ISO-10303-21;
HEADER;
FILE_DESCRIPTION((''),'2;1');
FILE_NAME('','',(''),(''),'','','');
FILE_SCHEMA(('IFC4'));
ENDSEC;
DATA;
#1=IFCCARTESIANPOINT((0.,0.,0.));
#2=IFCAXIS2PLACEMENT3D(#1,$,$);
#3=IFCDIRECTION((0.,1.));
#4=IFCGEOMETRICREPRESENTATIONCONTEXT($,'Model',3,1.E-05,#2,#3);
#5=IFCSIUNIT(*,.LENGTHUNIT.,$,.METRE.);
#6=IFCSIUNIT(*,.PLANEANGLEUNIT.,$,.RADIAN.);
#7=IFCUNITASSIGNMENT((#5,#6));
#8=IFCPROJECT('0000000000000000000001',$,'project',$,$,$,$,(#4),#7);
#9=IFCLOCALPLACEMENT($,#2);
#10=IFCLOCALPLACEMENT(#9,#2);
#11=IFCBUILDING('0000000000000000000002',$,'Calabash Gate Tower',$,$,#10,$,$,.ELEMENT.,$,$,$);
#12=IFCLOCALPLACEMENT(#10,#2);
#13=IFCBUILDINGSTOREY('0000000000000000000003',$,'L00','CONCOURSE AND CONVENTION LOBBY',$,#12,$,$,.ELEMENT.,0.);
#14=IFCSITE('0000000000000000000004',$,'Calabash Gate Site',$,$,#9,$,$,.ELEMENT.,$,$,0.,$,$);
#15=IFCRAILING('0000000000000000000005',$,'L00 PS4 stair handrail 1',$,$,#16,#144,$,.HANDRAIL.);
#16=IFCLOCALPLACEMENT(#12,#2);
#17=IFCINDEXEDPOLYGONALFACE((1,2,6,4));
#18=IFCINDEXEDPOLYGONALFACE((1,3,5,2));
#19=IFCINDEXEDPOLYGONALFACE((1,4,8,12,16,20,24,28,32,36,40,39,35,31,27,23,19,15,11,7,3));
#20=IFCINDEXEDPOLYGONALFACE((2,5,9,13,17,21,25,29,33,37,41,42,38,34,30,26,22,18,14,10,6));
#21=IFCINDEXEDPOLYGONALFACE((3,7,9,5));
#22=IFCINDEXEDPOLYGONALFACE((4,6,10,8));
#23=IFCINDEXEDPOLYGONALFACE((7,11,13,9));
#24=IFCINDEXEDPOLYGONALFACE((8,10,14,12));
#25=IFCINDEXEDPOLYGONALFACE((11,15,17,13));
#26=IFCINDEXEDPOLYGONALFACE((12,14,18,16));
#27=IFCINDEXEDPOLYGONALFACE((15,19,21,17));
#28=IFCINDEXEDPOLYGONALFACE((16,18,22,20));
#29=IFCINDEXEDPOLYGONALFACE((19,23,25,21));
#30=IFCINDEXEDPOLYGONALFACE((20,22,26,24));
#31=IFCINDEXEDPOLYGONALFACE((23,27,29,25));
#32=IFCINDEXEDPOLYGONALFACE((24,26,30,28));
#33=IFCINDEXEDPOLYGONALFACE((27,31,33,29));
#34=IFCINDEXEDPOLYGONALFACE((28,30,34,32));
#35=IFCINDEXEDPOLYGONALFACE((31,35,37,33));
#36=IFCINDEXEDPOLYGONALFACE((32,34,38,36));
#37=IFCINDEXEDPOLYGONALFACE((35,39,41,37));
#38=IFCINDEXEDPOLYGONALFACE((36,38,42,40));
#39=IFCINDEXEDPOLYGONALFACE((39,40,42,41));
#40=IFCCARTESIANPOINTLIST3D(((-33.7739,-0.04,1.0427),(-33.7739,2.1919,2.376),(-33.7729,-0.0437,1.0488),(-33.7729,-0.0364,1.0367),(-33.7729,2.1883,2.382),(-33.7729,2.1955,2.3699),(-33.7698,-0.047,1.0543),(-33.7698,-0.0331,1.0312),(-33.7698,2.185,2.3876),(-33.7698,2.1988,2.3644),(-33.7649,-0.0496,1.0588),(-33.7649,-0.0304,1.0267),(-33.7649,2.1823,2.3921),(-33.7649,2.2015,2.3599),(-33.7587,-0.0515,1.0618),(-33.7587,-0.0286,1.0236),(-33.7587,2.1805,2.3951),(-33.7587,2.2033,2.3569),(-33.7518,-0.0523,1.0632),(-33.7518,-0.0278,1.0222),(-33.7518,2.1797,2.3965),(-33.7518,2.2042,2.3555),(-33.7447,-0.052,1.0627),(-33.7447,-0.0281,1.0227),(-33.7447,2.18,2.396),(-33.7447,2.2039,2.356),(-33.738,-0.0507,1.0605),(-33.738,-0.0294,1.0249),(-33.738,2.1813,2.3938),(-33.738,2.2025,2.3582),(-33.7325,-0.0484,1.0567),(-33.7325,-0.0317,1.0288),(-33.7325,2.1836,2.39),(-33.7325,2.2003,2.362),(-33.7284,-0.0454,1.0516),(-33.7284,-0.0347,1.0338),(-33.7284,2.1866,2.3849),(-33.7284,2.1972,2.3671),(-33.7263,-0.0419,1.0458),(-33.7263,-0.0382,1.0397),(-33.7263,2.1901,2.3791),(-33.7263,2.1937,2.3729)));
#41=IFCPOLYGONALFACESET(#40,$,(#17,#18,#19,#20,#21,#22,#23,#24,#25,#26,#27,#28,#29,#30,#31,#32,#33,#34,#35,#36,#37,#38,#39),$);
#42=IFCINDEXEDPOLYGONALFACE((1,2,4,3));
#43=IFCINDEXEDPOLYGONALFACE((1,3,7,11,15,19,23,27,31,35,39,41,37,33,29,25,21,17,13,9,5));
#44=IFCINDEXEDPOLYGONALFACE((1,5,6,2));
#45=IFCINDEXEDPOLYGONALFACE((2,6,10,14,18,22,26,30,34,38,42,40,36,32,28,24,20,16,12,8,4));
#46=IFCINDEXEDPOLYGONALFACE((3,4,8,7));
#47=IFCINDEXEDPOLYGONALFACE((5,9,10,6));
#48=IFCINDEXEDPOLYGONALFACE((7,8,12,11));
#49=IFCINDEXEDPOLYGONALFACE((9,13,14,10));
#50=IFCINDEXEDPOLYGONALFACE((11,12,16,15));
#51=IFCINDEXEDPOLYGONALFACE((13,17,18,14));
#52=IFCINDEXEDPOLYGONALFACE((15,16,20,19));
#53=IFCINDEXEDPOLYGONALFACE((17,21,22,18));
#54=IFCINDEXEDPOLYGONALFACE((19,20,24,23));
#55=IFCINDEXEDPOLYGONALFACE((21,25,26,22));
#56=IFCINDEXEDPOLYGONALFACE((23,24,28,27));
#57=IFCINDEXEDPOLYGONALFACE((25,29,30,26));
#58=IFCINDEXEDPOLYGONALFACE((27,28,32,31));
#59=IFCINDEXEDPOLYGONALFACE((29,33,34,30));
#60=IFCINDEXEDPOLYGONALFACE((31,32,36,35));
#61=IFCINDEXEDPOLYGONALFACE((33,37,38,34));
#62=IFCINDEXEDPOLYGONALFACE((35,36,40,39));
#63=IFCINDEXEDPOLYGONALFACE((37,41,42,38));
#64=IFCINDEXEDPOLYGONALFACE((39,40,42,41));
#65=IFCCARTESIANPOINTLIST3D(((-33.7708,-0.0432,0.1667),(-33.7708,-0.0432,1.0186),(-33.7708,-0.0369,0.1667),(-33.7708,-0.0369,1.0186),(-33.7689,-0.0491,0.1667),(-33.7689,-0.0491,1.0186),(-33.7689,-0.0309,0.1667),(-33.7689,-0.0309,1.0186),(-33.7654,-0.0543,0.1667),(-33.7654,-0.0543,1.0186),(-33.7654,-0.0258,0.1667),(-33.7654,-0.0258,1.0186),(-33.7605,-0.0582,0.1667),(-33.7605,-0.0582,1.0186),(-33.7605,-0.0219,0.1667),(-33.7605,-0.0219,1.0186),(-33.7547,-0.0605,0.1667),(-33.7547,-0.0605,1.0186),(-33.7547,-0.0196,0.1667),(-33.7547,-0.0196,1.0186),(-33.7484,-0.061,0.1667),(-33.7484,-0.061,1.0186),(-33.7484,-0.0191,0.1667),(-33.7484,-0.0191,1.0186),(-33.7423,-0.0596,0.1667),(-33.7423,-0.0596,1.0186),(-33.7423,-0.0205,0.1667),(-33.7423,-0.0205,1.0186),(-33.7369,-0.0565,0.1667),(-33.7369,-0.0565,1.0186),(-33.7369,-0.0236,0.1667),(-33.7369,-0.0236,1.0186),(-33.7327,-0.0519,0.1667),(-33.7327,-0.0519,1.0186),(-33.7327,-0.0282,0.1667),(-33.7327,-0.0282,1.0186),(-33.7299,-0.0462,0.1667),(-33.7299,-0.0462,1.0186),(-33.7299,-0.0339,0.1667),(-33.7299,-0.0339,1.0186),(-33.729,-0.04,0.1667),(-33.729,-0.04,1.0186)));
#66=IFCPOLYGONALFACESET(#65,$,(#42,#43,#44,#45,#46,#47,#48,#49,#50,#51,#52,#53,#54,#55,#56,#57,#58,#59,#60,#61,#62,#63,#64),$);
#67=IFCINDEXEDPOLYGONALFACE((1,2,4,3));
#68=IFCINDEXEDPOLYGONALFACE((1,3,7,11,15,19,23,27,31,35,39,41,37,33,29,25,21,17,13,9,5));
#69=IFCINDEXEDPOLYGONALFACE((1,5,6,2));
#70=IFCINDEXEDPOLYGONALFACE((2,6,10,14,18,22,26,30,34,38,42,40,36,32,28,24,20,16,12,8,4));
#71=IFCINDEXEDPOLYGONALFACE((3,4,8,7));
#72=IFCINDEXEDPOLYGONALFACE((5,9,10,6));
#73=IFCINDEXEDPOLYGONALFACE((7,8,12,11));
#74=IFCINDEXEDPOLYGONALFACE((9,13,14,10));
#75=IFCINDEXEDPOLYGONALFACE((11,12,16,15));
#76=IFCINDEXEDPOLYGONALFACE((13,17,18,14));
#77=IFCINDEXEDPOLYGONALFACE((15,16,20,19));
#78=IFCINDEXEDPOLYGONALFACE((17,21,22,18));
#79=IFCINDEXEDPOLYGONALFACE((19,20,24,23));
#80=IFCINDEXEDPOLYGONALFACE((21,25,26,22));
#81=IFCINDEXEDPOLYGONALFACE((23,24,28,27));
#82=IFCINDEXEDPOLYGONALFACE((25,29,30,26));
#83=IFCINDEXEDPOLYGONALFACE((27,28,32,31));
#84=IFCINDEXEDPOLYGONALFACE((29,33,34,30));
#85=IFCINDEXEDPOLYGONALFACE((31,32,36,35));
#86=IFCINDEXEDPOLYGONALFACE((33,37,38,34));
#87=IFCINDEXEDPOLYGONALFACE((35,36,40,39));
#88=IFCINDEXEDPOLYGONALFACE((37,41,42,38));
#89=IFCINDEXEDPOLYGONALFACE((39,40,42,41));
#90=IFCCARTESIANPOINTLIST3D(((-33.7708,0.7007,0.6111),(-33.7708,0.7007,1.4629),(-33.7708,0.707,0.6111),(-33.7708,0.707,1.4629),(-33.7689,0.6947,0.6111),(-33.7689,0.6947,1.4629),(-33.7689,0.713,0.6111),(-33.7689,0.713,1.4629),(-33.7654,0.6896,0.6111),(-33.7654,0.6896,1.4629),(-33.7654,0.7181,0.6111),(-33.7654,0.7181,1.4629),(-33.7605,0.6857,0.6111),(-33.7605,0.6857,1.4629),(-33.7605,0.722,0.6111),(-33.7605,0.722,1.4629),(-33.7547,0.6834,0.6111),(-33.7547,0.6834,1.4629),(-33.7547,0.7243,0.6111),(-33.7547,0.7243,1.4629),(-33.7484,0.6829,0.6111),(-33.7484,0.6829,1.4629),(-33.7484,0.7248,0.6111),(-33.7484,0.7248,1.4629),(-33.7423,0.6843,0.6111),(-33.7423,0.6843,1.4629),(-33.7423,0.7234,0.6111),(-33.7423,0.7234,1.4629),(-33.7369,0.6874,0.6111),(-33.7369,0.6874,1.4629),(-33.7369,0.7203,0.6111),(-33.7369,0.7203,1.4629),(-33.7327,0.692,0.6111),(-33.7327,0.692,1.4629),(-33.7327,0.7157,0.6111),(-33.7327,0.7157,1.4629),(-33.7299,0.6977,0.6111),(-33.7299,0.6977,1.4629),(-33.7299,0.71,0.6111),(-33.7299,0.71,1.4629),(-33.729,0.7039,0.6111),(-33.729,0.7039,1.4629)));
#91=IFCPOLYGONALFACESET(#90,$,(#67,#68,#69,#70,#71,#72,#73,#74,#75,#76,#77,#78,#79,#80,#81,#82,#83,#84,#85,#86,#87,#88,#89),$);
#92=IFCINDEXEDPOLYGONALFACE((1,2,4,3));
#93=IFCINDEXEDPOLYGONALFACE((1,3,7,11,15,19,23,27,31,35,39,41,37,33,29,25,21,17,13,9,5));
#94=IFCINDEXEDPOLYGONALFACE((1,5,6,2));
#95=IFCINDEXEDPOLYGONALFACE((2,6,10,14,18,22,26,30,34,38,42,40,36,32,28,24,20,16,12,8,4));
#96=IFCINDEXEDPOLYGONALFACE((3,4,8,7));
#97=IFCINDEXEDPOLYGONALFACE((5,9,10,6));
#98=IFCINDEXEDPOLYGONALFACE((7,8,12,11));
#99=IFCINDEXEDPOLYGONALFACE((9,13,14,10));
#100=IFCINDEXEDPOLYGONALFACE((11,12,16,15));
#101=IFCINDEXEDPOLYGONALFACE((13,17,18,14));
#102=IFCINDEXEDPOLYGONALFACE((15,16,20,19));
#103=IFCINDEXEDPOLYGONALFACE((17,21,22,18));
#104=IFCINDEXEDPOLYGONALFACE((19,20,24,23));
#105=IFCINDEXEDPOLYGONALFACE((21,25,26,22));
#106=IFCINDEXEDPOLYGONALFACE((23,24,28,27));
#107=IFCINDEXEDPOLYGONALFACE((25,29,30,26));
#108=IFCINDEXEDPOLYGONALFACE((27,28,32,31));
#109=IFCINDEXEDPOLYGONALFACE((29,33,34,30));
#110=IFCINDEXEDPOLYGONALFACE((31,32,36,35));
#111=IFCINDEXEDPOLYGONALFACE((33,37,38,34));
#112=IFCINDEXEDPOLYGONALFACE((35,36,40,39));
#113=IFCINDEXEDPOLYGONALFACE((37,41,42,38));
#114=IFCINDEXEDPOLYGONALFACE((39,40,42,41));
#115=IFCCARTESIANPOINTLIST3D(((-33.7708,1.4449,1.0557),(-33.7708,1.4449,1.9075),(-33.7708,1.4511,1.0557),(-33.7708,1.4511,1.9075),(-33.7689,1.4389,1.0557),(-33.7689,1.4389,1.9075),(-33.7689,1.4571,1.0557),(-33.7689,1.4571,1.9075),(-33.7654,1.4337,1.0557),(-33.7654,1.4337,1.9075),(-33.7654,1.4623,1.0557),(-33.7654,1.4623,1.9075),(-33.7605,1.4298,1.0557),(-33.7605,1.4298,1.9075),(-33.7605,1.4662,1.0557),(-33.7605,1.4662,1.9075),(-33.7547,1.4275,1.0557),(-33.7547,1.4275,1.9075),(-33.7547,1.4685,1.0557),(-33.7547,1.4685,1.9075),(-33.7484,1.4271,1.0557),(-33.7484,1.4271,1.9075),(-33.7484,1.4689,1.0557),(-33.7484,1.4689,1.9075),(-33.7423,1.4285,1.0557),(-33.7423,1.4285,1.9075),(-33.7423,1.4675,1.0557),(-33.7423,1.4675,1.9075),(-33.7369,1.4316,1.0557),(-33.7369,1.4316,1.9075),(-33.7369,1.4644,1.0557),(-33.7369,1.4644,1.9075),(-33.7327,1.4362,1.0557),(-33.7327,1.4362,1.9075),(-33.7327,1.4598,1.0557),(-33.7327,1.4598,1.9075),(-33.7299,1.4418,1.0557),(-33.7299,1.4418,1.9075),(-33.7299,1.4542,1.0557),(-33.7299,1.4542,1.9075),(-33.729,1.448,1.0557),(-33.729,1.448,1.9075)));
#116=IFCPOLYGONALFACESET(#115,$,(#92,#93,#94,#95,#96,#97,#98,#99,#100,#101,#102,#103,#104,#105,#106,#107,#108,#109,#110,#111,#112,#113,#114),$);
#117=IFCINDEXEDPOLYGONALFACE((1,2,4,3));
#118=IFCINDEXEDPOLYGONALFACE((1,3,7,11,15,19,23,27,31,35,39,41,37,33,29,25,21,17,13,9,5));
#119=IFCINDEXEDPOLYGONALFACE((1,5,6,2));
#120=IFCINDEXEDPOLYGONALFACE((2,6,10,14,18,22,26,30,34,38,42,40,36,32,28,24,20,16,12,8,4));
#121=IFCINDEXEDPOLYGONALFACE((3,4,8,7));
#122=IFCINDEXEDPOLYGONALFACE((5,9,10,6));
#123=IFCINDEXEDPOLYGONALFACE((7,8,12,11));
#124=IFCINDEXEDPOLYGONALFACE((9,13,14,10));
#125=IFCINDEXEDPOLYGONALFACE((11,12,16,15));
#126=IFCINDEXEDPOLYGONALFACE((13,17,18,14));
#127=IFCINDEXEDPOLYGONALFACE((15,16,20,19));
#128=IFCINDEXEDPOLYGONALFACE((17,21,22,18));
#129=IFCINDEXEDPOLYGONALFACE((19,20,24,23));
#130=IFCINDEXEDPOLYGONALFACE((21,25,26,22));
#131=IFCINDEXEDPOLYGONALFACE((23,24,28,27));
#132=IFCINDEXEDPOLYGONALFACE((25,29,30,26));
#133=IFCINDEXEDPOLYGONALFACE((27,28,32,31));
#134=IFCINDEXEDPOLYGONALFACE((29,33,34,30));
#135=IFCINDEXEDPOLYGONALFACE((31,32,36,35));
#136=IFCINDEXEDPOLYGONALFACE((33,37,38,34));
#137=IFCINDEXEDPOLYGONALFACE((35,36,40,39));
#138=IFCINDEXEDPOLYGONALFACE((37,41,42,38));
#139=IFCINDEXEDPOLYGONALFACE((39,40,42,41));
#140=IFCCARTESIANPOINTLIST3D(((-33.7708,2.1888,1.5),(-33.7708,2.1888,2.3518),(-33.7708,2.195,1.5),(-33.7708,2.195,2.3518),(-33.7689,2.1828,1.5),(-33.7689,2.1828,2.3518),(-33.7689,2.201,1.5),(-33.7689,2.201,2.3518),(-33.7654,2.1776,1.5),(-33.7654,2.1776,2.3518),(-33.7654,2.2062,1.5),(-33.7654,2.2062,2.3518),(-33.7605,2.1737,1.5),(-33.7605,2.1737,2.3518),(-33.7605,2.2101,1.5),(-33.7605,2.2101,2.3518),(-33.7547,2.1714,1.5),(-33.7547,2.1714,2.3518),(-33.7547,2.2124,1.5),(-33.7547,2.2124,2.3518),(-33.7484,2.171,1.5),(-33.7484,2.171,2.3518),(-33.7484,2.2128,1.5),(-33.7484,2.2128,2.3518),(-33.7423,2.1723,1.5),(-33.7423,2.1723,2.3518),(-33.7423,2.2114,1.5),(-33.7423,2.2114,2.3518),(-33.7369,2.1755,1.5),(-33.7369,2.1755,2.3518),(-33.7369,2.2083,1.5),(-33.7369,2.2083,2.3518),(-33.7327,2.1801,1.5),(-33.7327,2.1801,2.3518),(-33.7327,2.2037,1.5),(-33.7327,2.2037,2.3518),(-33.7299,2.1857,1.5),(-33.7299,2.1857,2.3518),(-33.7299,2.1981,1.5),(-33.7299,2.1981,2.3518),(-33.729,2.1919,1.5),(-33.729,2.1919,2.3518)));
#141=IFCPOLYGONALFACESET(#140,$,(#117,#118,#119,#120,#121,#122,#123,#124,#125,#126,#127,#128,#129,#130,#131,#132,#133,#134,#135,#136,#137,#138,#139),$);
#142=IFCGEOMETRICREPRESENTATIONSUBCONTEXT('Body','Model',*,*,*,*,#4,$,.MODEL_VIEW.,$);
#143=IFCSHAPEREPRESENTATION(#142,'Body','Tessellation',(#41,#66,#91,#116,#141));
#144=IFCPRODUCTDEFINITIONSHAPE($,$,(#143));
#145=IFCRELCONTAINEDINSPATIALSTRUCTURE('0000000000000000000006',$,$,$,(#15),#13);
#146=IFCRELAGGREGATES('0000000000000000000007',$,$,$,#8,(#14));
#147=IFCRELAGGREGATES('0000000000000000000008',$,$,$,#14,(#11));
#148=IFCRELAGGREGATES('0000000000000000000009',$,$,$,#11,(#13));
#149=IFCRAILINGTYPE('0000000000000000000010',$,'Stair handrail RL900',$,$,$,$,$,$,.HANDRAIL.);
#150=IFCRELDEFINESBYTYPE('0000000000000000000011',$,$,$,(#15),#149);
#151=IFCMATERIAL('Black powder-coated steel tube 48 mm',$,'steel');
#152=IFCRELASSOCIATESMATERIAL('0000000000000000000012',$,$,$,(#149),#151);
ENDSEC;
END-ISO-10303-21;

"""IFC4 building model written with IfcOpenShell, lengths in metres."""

from ifc_helpers import new_model, si_unit, direction, frame, origin, origin_2d, place, context, subcontext, project, spatial, circle, extrude, material, type_object, element, save


model = new_model("IFC4")

# Units and contexts
model_context = context("Model", 3, precision=1e-05, world=origin(), true_north=direction((0.0, 1.0)))
body_context = subcontext(model_context, "Body", "Model", "MODEL_VIEW")
ifc_project = project(units=[si_unit("LENGTHUNIT", "METRE"), si_unit("PLANEANGLEUNIT", "RADIAN")], contexts=[model_context])

# Site, building, storey
site_placement = place(None, origin())
site = spatial("IfcSite", under=ifc_project, at=site_placement, Name="Calabash Gate Site", CompositionType="ELEMENT", RefElevation=0.0)
building_placement = place(site_placement, origin())
building = spatial("IfcBuilding", under=site, at=building_placement, Name="Calabash Gate Tower", CompositionType="ELEMENT")
storey_placement = place(building_placement, origin())
storey = spatial("IfcBuildingStorey", under=building, at=storey_placement, Name="L00", Description="CONCOURSE AND CONVENTION LOBBY", CompositionType="ELEMENT", Elevation=0.0)

# Railing
ifc_material_1 = material(Name="Black powder-coated steel tube 48 mm", Category="steel")
railing_type = type_object("IfcRailingType", Name="Stair handrail RL900", PredefinedType="HANDRAIL", material=ifc_material_1)
for number, where, name in (
    (1, (-33.75, -0.04, 0.1667), "L00 PS4 stair handrail 1"),
):
    element("IfcRailing", number, at=place(storey_placement, frame(where)), inside=storey, type_object=railing_type, Name=name, PredefinedType="HANDRAIL", context=body_context, shape_type="SweptSolid", body=[
        extrude(circle(Radius=0.0239, at=origin_2d()), frame((0.0, 0.0, 0.876), z_axis=(0.0, 0.858494, 0.512824), x_axis=(-1.0, 0.0, 0.0)), (0.0, 0.0, 1.0), 2.5999),
        extrude(circle(Radius=0.021, at=origin_2d()), origin(), (0.0, 0.0, 1.0), 0.8518),
        extrude(circle(Radius=0.021, at=origin_2d()), frame((0.0, 0.7439, 0.4443)), (0.0, 0.0, 1.0), 0.8518),
        extrude(circle(Radius=0.021, at=origin_2d()), frame((0.0, 1.488, 0.8889)), (0.0, 0.0, 1.0), 0.8518),
        extrude(circle(Radius=0.021, at=origin_2d()), frame((0.0, 2.2319, 1.3333)), (0.0, 0.0, 1.0), 0.8518),
    ])

save(model, "model.ifc")
